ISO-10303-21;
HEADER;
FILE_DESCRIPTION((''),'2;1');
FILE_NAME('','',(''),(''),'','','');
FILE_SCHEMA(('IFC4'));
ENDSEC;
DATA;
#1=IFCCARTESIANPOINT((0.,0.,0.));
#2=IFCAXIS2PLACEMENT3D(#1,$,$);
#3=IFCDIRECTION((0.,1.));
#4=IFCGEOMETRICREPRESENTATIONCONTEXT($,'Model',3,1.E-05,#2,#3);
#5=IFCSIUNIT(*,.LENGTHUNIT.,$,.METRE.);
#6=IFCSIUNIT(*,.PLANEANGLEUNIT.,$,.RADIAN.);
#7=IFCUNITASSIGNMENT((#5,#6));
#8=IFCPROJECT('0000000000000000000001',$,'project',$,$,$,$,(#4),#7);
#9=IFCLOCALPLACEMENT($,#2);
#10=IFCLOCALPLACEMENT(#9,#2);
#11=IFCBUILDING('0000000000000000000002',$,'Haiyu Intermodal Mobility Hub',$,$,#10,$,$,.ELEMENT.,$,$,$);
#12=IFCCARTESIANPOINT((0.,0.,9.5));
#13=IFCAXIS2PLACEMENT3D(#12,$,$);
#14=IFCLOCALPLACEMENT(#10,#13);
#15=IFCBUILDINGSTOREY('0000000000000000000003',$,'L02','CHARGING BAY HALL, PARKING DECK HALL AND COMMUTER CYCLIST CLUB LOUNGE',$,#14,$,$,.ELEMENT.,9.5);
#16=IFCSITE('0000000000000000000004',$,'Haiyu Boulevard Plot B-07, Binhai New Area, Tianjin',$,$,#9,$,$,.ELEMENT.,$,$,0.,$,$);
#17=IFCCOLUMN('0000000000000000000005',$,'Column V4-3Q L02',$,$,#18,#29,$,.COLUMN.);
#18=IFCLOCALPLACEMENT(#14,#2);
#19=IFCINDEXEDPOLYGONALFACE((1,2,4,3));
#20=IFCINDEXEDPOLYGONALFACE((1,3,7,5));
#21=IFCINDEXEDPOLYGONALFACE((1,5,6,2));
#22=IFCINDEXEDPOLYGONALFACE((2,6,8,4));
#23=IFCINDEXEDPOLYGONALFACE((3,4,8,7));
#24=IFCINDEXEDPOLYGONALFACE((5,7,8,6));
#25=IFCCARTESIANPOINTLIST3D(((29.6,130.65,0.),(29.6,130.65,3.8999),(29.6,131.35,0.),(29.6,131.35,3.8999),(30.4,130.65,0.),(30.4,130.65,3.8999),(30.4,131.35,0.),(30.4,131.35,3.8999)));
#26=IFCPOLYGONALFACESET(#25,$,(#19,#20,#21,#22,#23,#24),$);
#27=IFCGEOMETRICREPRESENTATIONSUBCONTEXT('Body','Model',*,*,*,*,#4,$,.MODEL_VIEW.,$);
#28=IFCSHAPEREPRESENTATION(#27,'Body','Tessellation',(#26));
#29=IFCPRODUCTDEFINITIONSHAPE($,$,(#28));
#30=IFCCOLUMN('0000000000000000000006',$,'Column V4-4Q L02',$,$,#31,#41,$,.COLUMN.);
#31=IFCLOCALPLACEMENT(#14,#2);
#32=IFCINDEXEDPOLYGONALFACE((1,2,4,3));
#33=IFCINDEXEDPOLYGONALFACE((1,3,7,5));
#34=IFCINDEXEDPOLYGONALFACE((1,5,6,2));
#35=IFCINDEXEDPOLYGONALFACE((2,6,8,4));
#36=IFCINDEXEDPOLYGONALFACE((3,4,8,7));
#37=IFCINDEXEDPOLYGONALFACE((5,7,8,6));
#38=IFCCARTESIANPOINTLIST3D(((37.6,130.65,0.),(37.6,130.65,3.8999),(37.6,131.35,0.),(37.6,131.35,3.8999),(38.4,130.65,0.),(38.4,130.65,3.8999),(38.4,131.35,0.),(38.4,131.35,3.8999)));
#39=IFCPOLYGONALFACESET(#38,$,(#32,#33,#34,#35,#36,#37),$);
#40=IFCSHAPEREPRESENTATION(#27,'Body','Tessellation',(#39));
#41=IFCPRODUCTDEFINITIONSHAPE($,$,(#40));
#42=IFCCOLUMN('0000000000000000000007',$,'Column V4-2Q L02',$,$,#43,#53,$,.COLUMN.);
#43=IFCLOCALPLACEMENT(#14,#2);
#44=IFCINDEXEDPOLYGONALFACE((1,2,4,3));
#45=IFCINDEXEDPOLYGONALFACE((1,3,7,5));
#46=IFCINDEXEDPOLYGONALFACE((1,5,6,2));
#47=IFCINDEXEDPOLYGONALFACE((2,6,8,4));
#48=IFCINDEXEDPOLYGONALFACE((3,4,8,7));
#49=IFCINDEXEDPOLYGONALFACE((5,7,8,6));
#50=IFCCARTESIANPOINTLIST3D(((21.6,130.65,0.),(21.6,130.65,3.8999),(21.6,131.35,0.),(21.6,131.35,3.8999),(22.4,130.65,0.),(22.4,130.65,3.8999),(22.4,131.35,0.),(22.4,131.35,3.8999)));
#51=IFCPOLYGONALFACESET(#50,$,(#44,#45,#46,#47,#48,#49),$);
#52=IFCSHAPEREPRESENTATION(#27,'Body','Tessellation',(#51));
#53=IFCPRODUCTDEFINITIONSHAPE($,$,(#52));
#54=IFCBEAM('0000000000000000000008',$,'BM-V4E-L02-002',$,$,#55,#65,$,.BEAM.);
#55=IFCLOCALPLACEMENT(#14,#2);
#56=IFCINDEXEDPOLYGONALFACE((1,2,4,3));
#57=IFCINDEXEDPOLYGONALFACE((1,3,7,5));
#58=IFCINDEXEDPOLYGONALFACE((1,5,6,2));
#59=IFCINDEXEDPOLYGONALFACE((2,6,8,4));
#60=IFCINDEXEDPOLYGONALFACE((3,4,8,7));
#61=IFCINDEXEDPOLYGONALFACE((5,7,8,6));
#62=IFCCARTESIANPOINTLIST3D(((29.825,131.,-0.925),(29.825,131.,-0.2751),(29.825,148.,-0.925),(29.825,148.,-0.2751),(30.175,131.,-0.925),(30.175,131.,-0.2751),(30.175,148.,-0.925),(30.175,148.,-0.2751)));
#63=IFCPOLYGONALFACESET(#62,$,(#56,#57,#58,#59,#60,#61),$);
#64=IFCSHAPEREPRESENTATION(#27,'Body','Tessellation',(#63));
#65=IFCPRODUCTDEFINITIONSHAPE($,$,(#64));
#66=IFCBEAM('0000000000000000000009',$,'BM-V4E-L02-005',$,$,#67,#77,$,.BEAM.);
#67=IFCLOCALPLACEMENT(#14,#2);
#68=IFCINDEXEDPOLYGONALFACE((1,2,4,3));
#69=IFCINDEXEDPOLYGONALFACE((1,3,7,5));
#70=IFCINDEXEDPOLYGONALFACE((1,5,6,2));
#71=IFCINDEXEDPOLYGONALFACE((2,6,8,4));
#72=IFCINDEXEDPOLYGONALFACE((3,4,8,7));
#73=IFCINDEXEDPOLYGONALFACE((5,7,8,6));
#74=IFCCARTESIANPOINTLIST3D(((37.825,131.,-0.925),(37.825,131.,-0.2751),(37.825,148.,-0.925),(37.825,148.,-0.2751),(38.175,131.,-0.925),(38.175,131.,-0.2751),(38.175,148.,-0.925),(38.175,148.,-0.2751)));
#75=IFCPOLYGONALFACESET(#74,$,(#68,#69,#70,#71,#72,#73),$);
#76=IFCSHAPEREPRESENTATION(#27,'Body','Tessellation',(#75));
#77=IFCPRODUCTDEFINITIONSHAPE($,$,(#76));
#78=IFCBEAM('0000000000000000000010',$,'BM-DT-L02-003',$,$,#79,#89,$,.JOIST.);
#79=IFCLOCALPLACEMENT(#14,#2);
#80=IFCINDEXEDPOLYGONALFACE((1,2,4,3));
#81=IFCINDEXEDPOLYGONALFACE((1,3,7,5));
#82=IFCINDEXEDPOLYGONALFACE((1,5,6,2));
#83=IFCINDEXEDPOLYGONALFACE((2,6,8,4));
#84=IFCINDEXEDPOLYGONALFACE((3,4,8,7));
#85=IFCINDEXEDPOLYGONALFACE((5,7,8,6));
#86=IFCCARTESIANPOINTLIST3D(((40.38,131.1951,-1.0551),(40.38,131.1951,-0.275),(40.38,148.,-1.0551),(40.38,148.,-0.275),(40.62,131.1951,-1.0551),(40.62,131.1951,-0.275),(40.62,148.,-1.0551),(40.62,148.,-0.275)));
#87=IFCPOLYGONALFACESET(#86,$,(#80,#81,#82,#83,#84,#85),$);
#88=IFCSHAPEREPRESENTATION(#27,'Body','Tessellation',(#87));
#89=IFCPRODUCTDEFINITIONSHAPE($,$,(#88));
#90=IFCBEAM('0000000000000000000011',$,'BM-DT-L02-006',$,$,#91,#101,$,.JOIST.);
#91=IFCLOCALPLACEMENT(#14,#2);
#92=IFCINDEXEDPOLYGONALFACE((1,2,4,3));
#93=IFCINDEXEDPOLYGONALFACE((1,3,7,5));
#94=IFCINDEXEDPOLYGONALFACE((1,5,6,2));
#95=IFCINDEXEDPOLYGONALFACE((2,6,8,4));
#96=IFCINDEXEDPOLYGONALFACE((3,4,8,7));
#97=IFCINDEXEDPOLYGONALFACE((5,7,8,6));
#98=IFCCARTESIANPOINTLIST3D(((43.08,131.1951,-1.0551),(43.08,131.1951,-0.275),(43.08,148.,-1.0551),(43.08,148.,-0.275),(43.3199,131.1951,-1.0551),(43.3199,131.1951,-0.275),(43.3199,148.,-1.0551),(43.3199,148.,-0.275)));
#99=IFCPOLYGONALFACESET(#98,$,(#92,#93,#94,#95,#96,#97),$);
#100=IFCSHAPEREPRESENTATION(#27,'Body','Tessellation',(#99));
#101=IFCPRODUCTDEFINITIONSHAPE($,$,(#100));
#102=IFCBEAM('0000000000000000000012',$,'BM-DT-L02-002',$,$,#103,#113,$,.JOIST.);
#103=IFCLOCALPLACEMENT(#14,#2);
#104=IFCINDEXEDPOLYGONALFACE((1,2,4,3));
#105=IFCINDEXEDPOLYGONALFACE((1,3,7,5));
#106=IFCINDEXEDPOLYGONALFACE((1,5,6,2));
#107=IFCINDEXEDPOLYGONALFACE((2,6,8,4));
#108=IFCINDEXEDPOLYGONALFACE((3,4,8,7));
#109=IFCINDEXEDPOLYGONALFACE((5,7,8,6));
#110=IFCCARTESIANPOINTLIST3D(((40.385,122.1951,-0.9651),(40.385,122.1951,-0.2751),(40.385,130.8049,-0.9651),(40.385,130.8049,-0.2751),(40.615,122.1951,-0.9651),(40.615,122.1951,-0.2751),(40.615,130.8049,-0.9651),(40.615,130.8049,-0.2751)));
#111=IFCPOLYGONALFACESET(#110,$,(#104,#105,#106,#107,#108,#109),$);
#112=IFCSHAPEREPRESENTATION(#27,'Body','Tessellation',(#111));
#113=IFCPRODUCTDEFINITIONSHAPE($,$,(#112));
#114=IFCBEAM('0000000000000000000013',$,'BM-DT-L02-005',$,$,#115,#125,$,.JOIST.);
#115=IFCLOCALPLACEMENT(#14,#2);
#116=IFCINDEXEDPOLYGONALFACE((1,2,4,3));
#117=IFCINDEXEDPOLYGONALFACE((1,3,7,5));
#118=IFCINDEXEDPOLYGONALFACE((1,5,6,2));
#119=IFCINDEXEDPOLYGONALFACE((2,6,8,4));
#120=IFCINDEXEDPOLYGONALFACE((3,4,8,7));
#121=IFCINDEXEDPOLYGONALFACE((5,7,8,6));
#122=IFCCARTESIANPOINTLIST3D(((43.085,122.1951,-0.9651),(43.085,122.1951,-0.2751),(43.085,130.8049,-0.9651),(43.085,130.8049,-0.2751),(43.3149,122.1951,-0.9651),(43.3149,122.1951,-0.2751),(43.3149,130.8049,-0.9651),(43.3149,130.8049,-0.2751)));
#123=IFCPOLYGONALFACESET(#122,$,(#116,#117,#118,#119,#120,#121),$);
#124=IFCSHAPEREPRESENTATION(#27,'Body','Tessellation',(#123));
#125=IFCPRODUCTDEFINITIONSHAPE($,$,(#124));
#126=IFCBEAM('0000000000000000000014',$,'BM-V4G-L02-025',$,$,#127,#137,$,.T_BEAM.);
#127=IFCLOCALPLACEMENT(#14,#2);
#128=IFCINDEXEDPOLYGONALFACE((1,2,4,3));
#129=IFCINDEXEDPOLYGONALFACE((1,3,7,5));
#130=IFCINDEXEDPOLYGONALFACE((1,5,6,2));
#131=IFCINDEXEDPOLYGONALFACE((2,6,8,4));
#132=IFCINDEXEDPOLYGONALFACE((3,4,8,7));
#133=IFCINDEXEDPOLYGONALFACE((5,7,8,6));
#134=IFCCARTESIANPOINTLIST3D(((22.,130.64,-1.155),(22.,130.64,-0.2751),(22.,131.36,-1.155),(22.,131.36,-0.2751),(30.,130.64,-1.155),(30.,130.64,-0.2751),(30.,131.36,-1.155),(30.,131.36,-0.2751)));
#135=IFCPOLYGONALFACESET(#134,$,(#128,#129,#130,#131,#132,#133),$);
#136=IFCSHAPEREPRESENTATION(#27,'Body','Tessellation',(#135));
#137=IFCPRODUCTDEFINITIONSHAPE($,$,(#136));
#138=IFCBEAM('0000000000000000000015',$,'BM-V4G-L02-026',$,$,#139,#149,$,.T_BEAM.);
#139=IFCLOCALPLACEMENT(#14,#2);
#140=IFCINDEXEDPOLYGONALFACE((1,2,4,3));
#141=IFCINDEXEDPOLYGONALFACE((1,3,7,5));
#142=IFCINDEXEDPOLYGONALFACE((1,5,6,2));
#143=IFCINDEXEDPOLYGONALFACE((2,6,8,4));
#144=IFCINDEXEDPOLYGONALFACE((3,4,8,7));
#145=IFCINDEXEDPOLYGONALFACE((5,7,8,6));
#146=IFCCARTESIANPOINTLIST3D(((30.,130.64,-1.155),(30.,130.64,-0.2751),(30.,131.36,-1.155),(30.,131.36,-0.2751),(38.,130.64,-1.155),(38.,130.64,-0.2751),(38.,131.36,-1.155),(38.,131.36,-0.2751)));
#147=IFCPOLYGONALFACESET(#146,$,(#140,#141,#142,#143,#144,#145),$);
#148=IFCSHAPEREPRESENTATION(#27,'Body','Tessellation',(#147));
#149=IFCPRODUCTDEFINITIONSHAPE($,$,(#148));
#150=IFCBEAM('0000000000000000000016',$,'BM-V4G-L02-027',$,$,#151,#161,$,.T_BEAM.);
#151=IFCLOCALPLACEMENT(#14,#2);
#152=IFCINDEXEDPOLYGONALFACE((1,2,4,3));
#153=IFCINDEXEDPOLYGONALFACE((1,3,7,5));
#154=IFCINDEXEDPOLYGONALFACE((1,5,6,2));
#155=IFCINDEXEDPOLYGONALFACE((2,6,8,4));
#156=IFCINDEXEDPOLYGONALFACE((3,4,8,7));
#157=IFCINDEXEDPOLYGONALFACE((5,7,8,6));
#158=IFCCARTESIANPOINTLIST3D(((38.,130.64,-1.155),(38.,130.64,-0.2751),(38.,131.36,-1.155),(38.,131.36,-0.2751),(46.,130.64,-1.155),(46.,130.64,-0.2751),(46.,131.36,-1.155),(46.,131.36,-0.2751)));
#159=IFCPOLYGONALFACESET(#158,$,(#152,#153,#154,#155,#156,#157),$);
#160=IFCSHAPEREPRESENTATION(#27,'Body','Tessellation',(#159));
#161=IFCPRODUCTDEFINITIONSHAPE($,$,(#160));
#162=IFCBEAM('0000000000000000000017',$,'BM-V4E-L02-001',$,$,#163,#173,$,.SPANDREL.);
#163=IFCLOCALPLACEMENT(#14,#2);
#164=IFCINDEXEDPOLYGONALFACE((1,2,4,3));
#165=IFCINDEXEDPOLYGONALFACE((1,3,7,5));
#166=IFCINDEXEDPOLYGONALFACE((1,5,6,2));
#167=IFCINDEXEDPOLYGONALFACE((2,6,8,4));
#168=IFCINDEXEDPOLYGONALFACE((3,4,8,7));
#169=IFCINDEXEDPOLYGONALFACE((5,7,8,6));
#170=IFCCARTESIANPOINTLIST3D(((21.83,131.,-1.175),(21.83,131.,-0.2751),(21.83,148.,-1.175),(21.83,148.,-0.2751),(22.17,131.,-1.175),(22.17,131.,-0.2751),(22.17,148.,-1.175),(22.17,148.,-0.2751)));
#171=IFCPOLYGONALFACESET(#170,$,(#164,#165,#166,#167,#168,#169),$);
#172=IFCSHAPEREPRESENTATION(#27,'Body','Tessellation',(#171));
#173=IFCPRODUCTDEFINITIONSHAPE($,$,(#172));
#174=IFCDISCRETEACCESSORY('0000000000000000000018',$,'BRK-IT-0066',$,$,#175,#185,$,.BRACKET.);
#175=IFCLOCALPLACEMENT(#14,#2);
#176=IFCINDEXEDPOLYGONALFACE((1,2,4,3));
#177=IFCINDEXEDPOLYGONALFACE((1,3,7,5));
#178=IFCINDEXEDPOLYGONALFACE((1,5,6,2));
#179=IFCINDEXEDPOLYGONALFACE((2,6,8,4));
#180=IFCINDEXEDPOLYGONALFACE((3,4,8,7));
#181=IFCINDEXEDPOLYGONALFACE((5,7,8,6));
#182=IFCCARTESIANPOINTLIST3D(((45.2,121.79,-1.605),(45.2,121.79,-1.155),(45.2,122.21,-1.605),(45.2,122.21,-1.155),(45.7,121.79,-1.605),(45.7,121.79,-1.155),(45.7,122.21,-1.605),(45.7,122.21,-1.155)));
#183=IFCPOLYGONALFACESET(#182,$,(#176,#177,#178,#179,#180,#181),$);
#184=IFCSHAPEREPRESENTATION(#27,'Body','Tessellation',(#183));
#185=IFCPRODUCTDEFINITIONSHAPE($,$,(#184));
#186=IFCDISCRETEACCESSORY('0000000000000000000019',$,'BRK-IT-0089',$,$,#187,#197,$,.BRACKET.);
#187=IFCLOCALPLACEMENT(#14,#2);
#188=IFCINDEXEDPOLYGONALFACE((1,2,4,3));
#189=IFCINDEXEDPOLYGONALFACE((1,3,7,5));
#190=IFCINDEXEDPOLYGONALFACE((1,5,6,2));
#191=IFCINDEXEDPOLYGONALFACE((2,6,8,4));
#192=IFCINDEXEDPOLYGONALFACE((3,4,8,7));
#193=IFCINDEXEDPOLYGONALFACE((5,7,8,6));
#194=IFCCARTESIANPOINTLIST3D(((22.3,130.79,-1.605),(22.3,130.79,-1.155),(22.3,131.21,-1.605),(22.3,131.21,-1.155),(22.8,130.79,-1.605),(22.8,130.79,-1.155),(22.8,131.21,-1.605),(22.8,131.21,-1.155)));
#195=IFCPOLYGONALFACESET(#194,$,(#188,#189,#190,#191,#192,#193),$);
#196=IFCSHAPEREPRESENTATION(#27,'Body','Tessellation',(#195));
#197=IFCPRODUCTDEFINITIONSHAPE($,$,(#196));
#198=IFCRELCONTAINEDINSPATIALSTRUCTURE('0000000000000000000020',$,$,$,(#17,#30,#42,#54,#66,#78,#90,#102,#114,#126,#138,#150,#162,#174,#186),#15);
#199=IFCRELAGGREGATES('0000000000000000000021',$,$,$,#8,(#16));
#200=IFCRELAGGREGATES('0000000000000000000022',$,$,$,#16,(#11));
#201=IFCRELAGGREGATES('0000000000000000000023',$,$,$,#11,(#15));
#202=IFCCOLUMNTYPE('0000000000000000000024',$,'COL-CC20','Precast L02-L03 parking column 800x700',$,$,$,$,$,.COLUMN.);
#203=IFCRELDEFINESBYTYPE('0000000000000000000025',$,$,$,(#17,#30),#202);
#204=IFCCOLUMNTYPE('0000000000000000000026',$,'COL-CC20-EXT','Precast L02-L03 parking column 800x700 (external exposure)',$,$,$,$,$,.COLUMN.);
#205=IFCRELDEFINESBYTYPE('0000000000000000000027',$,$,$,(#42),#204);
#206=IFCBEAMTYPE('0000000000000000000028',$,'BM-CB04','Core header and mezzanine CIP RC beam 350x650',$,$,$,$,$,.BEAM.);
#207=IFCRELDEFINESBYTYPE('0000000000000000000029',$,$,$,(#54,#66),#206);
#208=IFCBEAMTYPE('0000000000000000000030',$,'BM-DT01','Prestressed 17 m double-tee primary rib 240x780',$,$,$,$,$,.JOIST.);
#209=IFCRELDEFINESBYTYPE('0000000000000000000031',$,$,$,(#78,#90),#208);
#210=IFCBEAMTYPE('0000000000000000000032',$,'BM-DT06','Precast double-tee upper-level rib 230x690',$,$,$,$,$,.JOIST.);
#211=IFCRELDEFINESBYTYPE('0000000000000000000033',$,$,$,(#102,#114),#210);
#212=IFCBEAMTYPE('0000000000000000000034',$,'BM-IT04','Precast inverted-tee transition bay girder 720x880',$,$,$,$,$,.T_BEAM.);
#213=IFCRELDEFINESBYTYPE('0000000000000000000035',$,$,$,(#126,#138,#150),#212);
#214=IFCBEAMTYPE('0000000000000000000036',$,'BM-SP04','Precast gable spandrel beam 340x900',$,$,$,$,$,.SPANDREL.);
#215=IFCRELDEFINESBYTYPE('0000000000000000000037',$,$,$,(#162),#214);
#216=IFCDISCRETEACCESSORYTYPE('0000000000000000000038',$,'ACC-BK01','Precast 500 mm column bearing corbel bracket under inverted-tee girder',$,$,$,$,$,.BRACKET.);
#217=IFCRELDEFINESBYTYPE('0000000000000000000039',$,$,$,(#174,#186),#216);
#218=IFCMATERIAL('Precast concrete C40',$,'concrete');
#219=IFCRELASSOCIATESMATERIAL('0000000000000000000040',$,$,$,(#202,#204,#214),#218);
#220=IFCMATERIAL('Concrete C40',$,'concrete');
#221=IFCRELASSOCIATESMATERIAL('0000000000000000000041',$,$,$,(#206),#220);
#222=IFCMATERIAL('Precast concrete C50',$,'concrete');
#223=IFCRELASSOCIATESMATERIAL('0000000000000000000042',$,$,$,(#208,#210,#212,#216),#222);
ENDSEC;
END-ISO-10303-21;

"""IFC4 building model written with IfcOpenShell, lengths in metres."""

from ifc_helpers import new_model, si_unit, direction, frame, origin, origin_2d, place, context, subcontext, project, spatial, rectangle, extrude, material, material_profile, profile_set, type_object, element, save


model = new_model("IFC4")

# Units and contexts
model_context = context("Model", 3, precision=1e-05, world=origin(), true_north=direction((0.0, 1.0)))
body_context = subcontext(model_context, "Body", "Model", "MODEL_VIEW")
ifc_project = project(units=[si_unit("LENGTHUNIT", "METRE"), si_unit("PLANEANGLEUNIT", "RADIAN")], contexts=[model_context])

# Site, building, storey
site_placement = place(None, origin())
site = spatial("IfcSite", under=ifc_project, at=site_placement, Name="Haiyu Boulevard Plot B-07, Binhai New Area, Tianjin", CompositionType="ELEMENT", RefElevation=0.0)
building_placement = place(site_placement, origin())
building = spatial("IfcBuilding", under=site, at=building_placement, Name="Haiyu Intermodal Mobility Hub", CompositionType="ELEMENT")
storey_placement = place(building_placement, frame((0.0, 0.0, 9.5)))
storey = spatial("IfcBuildingStorey", under=building, at=storey_placement, Name="L02", Description="CHARGING BAY HALL, PARKING DECK HALL AND COMMUTER CYCLIST CLUB LOUNGE", CompositionType="ELEMENT", Elevation=9.5)

# Columns
ifc_material_1 = material(Name="Precast concrete C40", Category="concrete")
ifc_material_profile_1 = material_profile(ifc_material_1, rectangle(XDim=0.8, YDim=0.7, at=origin_2d()), Name="C800x700")
ifc_profile_set_1 = profile_set([ifc_material_profile_1], Name="Precast concrete C40")
column_type_1 = type_object("IfcColumnType", Name="COL-CC20", Description="Precast L02-L03 parking column 800x700", PredefinedType="COLUMN", material=ifc_profile_set_1)
for number, where, z_axis, x_axis, name in (
    (1, (30.0, 131.0, 0.0), (0.0, 0.0, 1.0), (1.0, 0.0, 0.0), "Column V4-3Q L02"),
    (2, (38.0, 131.0, 0.0), (0.0, 0.0, 1.0), (1.0, 0.0, 0.0), "Column V4-4Q L02"),
):
    element("IfcColumn", number, at=place(storey_placement, frame(where, z_axis=z_axis, x_axis=x_axis)), inside=storey, type_object=column_type_1, Name=name, PredefinedType="COLUMN", context=body_context, shape_type="SweptSolid", body=[
        extrude(rectangle(XDim=0.8, YDim=0.7, at=origin_2d()), origin(), (0.0, 0.0, 1.0), 3.8999),
    ])
ifc_material_profile_2 = material_profile(ifc_material_1, rectangle(XDim=0.8, YDim=0.7, at=origin_2d()), Name="C800x700")
ifc_profile_set_2 = profile_set([ifc_material_profile_2], Name="Precast concrete C40")
column_type_2 = type_object("IfcColumnType", Name="COL-CC20-EXT", Description="Precast L02-L03 parking column 800x700 (external exposure)", PredefinedType="COLUMN", material=ifc_profile_set_2)
column_placement = place(storey_placement, frame((22.0, 131.0, 0.0), z_axis=(0.0, 0.0, 1.0), x_axis=(1.0, 0.0, 0.0)))
element("IfcColumn", 3, at=column_placement, inside=storey, type_object=column_type_2, Name="Column V4-2Q L02", PredefinedType="COLUMN", context=body_context, shape_type="SweptSolid", body=[
    extrude(rectangle(XDim=0.8, YDim=0.7, at=origin_2d()), origin(), (0.0, 0.0, 1.0), 3.8999),
])

# Beams
ifc_material_2 = material(Name="Concrete C40", Category="concrete")
ifc_material_profile_3 = material_profile(ifc_material_2, rectangle(XDim=0.3501, YDim=0.6499, at=origin_2d()), Name="RCB350x650")
ifc_profile_set_3 = profile_set([ifc_material_profile_3], Name="Concrete C40")
beam_type_1 = type_object("IfcBeamType", Name="BM-CB04", Description="Core header and mezzanine CIP RC beam 350x650", PredefinedType="BEAM", material=ifc_profile_set_3)
for number, where, z_axis, x_axis, name in (
    (4, (30.0, 131.0, -0.6001), (0.0, 1.0, 0.0), (-1.0, 0.0, 0.0), "BM-V4E-L02-002"),
    (5, (38.0, 131.0, -0.6001), (0.0, 1.0, 0.0), (-1.0, 0.0, 0.0), "BM-V4E-L02-005"),
):
    element("IfcBeam", number, at=place(storey_placement, frame(where, z_axis=z_axis, x_axis=x_axis)), inside=storey, type_object=beam_type_1, Name=name, PredefinedType="BEAM", context=body_context, shape_type="SweptSolid", body=[
        extrude(rectangle(XDim=0.3501, YDim=0.6499, at=origin_2d()), origin(), (0.0, 0.0, 1.0), 17.0),
    ])
ifc_material_3 = material(Name="Precast concrete C50", Category="concrete")
ifc_material_profile_4 = material_profile(ifc_material_3, rectangle(XDim=0.24, YDim=0.78, at=origin_2d()), Name="PC240x780")
ifc_profile_set_4 = profile_set([ifc_material_profile_4], Name="Precast concrete C50")
beam_type_2 = type_object("IfcBeamType", Name="BM-DT01", Description="Prestressed 17 m double-tee primary rib 240x780", PredefinedType="JOIST", material=ifc_profile_set_4)
for number, where, z_axis, x_axis, name in (
    (6, (40.5, 131.1951, -0.665), (0.0, 1.0, 0.0), (-1.0, 0.0, 0.0), "BM-DT-L02-003"),
    (7, (43.2, 131.1951, -0.665), (0.0, 1.0, 0.0), (-1.0, 0.0, 0.0), "BM-DT-L02-006"),
):
    element("IfcBeam", number, at=place(storey_placement, frame(where, z_axis=z_axis, x_axis=x_axis)), inside=storey, type_object=beam_type_2, Name=name, PredefinedType="JOIST", context=body_context, shape_type="SweptSolid", body=[
        extrude(rectangle(XDim=0.24, YDim=0.78, at=origin_2d()), origin(), (0.0, 0.0, 1.0), 16.8049),
    ])
ifc_material_profile_5 = material_profile(ifc_material_3, rectangle(XDim=0.23, YDim=0.6899, at=origin_2d()), Name="B230x690")
ifc_profile_set_5 = profile_set([ifc_material_profile_5], Name="Precast concrete C50")
beam_type_3 = type_object("IfcBeamType", Name="BM-DT06", Description="Precast double-tee upper-level rib 230x690", PredefinedType="JOIST", material=ifc_profile_set_5)
for number, where, z_axis, x_axis, name in (
    (8, (40.5, 122.1951, -0.6201), (0.0, 1.0, 0.0), (-1.0, 0.0, 0.0), "BM-DT-L02-002"),
    (9, (43.2, 122.1951, -0.6201), (0.0, 1.0, 0.0), (-1.0, 0.0, 0.0), "BM-DT-L02-005"),
):
    element("IfcBeam", number, at=place(storey_placement, frame(where, z_axis=z_axis, x_axis=x_axis)), inside=storey, type_object=beam_type_3, Name=name, PredefinedType="JOIST", context=body_context, shape_type="SweptSolid", body=[
        extrude(rectangle(XDim=0.23, YDim=0.6899, at=origin_2d()), origin(), (0.0, 0.0, 1.0), 8.6099),
    ])
ifc_material_profile_6 = material_profile(ifc_material_3, rectangle(XDim=0.72, YDim=0.8799, at=origin_2d()), Name="B720x880")
ifc_profile_set_6 = profile_set([ifc_material_profile_6], Name="Precast concrete C50")
beam_type_4 = type_object("IfcBeamType", Name="BM-IT04", Description="Precast inverted-tee transition bay girder 720x880", PredefinedType="T_BEAM", material=ifc_profile_set_6)
for number, where, z_axis, x_axis, name in (
    (10, (22.0, 131.0, -0.7151), (1.0, 0.0, 0.0), (0.0, 1.0, 0.0), "BM-V4G-L02-025"),
    (11, (30.0, 131.0, -0.7151), (1.0, 0.0, 0.0), (0.0, 1.0, 0.0), "BM-V4G-L02-026"),
    (12, (38.0, 131.0, -0.7151), (1.0, 0.0, 0.0), (0.0, 1.0, 0.0), "BM-V4G-L02-027"),
):
    element("IfcBeam", number, at=place(storey_placement, frame(where, z_axis=z_axis, x_axis=x_axis)), inside=storey, type_object=beam_type_4, Name=name, PredefinedType="T_BEAM", context=body_context, shape_type="SweptSolid", body=[
        extrude(rectangle(XDim=0.72, YDim=0.8799, at=origin_2d()), origin(), (0.0, 0.0, 1.0), 8.0),
    ])
ifc_material_profile_7 = material_profile(ifc_material_1, rectangle(XDim=0.3401, YDim=0.8999, at=origin_2d()), Name="B340x900")
ifc_profile_set_7 = profile_set([ifc_material_profile_7], Name="Precast concrete C40")
beam_type_5 = type_object("IfcBeamType", Name="BM-SP04", Description="Precast gable spandrel beam 340x900", PredefinedType="SPANDREL", material=ifc_profile_set_7)
beam_placement = place(storey_placement, frame((22.0, 131.0, -0.7251), z_axis=(0.0, 1.0, 0.0), x_axis=(-1.0, 0.0, 0.0)))
element("IfcBeam", 13, at=beam_placement, inside=storey, type_object=beam_type_5, Name="BM-V4E-L02-001", PredefinedType="SPANDREL", context=body_context, shape_type="SweptSolid", body=[
    extrude(rectangle(XDim=0.3401, YDim=0.8999, at=origin_2d()), origin(), (0.0, 0.0, 1.0), 17.0),
])

# Discrete accessories
discrete_accessory_type_1 = type_object("IfcDiscreteAccessoryType", Name="ACC-BK01", Description="Precast 500 mm column bearing corbel bracket under inverted-tee girder", PredefinedType="BRACKET", material=ifc_material_3)
for number, where, z_axis, x_axis, name in (
    (14, (45.45, 122.0, -1.605), (0.0, 0.0, 1.0), (1.0, 0.0, 0.0), "BRK-IT-0066"),
    (15, (22.55, 131.0, -1.605), (0.0, 0.0, 1.0), (1.0, 0.0, 0.0), "BRK-IT-0089"),
):
    element("IfcDiscreteAccessory", number, at=place(storey_placement, frame(where, z_axis=z_axis, x_axis=x_axis)), inside=storey, type_object=discrete_accessory_type_1, Name=name, PredefinedType="BRACKET", context=body_context, shape_type="SweptSolid", body=[
        extrude(rectangle(XDim=0.5, YDim=0.4199, at=origin_2d()), origin(), (0.0, 0.0, 1.0), 0.45),
    ])

save(model, "model.ifc")
